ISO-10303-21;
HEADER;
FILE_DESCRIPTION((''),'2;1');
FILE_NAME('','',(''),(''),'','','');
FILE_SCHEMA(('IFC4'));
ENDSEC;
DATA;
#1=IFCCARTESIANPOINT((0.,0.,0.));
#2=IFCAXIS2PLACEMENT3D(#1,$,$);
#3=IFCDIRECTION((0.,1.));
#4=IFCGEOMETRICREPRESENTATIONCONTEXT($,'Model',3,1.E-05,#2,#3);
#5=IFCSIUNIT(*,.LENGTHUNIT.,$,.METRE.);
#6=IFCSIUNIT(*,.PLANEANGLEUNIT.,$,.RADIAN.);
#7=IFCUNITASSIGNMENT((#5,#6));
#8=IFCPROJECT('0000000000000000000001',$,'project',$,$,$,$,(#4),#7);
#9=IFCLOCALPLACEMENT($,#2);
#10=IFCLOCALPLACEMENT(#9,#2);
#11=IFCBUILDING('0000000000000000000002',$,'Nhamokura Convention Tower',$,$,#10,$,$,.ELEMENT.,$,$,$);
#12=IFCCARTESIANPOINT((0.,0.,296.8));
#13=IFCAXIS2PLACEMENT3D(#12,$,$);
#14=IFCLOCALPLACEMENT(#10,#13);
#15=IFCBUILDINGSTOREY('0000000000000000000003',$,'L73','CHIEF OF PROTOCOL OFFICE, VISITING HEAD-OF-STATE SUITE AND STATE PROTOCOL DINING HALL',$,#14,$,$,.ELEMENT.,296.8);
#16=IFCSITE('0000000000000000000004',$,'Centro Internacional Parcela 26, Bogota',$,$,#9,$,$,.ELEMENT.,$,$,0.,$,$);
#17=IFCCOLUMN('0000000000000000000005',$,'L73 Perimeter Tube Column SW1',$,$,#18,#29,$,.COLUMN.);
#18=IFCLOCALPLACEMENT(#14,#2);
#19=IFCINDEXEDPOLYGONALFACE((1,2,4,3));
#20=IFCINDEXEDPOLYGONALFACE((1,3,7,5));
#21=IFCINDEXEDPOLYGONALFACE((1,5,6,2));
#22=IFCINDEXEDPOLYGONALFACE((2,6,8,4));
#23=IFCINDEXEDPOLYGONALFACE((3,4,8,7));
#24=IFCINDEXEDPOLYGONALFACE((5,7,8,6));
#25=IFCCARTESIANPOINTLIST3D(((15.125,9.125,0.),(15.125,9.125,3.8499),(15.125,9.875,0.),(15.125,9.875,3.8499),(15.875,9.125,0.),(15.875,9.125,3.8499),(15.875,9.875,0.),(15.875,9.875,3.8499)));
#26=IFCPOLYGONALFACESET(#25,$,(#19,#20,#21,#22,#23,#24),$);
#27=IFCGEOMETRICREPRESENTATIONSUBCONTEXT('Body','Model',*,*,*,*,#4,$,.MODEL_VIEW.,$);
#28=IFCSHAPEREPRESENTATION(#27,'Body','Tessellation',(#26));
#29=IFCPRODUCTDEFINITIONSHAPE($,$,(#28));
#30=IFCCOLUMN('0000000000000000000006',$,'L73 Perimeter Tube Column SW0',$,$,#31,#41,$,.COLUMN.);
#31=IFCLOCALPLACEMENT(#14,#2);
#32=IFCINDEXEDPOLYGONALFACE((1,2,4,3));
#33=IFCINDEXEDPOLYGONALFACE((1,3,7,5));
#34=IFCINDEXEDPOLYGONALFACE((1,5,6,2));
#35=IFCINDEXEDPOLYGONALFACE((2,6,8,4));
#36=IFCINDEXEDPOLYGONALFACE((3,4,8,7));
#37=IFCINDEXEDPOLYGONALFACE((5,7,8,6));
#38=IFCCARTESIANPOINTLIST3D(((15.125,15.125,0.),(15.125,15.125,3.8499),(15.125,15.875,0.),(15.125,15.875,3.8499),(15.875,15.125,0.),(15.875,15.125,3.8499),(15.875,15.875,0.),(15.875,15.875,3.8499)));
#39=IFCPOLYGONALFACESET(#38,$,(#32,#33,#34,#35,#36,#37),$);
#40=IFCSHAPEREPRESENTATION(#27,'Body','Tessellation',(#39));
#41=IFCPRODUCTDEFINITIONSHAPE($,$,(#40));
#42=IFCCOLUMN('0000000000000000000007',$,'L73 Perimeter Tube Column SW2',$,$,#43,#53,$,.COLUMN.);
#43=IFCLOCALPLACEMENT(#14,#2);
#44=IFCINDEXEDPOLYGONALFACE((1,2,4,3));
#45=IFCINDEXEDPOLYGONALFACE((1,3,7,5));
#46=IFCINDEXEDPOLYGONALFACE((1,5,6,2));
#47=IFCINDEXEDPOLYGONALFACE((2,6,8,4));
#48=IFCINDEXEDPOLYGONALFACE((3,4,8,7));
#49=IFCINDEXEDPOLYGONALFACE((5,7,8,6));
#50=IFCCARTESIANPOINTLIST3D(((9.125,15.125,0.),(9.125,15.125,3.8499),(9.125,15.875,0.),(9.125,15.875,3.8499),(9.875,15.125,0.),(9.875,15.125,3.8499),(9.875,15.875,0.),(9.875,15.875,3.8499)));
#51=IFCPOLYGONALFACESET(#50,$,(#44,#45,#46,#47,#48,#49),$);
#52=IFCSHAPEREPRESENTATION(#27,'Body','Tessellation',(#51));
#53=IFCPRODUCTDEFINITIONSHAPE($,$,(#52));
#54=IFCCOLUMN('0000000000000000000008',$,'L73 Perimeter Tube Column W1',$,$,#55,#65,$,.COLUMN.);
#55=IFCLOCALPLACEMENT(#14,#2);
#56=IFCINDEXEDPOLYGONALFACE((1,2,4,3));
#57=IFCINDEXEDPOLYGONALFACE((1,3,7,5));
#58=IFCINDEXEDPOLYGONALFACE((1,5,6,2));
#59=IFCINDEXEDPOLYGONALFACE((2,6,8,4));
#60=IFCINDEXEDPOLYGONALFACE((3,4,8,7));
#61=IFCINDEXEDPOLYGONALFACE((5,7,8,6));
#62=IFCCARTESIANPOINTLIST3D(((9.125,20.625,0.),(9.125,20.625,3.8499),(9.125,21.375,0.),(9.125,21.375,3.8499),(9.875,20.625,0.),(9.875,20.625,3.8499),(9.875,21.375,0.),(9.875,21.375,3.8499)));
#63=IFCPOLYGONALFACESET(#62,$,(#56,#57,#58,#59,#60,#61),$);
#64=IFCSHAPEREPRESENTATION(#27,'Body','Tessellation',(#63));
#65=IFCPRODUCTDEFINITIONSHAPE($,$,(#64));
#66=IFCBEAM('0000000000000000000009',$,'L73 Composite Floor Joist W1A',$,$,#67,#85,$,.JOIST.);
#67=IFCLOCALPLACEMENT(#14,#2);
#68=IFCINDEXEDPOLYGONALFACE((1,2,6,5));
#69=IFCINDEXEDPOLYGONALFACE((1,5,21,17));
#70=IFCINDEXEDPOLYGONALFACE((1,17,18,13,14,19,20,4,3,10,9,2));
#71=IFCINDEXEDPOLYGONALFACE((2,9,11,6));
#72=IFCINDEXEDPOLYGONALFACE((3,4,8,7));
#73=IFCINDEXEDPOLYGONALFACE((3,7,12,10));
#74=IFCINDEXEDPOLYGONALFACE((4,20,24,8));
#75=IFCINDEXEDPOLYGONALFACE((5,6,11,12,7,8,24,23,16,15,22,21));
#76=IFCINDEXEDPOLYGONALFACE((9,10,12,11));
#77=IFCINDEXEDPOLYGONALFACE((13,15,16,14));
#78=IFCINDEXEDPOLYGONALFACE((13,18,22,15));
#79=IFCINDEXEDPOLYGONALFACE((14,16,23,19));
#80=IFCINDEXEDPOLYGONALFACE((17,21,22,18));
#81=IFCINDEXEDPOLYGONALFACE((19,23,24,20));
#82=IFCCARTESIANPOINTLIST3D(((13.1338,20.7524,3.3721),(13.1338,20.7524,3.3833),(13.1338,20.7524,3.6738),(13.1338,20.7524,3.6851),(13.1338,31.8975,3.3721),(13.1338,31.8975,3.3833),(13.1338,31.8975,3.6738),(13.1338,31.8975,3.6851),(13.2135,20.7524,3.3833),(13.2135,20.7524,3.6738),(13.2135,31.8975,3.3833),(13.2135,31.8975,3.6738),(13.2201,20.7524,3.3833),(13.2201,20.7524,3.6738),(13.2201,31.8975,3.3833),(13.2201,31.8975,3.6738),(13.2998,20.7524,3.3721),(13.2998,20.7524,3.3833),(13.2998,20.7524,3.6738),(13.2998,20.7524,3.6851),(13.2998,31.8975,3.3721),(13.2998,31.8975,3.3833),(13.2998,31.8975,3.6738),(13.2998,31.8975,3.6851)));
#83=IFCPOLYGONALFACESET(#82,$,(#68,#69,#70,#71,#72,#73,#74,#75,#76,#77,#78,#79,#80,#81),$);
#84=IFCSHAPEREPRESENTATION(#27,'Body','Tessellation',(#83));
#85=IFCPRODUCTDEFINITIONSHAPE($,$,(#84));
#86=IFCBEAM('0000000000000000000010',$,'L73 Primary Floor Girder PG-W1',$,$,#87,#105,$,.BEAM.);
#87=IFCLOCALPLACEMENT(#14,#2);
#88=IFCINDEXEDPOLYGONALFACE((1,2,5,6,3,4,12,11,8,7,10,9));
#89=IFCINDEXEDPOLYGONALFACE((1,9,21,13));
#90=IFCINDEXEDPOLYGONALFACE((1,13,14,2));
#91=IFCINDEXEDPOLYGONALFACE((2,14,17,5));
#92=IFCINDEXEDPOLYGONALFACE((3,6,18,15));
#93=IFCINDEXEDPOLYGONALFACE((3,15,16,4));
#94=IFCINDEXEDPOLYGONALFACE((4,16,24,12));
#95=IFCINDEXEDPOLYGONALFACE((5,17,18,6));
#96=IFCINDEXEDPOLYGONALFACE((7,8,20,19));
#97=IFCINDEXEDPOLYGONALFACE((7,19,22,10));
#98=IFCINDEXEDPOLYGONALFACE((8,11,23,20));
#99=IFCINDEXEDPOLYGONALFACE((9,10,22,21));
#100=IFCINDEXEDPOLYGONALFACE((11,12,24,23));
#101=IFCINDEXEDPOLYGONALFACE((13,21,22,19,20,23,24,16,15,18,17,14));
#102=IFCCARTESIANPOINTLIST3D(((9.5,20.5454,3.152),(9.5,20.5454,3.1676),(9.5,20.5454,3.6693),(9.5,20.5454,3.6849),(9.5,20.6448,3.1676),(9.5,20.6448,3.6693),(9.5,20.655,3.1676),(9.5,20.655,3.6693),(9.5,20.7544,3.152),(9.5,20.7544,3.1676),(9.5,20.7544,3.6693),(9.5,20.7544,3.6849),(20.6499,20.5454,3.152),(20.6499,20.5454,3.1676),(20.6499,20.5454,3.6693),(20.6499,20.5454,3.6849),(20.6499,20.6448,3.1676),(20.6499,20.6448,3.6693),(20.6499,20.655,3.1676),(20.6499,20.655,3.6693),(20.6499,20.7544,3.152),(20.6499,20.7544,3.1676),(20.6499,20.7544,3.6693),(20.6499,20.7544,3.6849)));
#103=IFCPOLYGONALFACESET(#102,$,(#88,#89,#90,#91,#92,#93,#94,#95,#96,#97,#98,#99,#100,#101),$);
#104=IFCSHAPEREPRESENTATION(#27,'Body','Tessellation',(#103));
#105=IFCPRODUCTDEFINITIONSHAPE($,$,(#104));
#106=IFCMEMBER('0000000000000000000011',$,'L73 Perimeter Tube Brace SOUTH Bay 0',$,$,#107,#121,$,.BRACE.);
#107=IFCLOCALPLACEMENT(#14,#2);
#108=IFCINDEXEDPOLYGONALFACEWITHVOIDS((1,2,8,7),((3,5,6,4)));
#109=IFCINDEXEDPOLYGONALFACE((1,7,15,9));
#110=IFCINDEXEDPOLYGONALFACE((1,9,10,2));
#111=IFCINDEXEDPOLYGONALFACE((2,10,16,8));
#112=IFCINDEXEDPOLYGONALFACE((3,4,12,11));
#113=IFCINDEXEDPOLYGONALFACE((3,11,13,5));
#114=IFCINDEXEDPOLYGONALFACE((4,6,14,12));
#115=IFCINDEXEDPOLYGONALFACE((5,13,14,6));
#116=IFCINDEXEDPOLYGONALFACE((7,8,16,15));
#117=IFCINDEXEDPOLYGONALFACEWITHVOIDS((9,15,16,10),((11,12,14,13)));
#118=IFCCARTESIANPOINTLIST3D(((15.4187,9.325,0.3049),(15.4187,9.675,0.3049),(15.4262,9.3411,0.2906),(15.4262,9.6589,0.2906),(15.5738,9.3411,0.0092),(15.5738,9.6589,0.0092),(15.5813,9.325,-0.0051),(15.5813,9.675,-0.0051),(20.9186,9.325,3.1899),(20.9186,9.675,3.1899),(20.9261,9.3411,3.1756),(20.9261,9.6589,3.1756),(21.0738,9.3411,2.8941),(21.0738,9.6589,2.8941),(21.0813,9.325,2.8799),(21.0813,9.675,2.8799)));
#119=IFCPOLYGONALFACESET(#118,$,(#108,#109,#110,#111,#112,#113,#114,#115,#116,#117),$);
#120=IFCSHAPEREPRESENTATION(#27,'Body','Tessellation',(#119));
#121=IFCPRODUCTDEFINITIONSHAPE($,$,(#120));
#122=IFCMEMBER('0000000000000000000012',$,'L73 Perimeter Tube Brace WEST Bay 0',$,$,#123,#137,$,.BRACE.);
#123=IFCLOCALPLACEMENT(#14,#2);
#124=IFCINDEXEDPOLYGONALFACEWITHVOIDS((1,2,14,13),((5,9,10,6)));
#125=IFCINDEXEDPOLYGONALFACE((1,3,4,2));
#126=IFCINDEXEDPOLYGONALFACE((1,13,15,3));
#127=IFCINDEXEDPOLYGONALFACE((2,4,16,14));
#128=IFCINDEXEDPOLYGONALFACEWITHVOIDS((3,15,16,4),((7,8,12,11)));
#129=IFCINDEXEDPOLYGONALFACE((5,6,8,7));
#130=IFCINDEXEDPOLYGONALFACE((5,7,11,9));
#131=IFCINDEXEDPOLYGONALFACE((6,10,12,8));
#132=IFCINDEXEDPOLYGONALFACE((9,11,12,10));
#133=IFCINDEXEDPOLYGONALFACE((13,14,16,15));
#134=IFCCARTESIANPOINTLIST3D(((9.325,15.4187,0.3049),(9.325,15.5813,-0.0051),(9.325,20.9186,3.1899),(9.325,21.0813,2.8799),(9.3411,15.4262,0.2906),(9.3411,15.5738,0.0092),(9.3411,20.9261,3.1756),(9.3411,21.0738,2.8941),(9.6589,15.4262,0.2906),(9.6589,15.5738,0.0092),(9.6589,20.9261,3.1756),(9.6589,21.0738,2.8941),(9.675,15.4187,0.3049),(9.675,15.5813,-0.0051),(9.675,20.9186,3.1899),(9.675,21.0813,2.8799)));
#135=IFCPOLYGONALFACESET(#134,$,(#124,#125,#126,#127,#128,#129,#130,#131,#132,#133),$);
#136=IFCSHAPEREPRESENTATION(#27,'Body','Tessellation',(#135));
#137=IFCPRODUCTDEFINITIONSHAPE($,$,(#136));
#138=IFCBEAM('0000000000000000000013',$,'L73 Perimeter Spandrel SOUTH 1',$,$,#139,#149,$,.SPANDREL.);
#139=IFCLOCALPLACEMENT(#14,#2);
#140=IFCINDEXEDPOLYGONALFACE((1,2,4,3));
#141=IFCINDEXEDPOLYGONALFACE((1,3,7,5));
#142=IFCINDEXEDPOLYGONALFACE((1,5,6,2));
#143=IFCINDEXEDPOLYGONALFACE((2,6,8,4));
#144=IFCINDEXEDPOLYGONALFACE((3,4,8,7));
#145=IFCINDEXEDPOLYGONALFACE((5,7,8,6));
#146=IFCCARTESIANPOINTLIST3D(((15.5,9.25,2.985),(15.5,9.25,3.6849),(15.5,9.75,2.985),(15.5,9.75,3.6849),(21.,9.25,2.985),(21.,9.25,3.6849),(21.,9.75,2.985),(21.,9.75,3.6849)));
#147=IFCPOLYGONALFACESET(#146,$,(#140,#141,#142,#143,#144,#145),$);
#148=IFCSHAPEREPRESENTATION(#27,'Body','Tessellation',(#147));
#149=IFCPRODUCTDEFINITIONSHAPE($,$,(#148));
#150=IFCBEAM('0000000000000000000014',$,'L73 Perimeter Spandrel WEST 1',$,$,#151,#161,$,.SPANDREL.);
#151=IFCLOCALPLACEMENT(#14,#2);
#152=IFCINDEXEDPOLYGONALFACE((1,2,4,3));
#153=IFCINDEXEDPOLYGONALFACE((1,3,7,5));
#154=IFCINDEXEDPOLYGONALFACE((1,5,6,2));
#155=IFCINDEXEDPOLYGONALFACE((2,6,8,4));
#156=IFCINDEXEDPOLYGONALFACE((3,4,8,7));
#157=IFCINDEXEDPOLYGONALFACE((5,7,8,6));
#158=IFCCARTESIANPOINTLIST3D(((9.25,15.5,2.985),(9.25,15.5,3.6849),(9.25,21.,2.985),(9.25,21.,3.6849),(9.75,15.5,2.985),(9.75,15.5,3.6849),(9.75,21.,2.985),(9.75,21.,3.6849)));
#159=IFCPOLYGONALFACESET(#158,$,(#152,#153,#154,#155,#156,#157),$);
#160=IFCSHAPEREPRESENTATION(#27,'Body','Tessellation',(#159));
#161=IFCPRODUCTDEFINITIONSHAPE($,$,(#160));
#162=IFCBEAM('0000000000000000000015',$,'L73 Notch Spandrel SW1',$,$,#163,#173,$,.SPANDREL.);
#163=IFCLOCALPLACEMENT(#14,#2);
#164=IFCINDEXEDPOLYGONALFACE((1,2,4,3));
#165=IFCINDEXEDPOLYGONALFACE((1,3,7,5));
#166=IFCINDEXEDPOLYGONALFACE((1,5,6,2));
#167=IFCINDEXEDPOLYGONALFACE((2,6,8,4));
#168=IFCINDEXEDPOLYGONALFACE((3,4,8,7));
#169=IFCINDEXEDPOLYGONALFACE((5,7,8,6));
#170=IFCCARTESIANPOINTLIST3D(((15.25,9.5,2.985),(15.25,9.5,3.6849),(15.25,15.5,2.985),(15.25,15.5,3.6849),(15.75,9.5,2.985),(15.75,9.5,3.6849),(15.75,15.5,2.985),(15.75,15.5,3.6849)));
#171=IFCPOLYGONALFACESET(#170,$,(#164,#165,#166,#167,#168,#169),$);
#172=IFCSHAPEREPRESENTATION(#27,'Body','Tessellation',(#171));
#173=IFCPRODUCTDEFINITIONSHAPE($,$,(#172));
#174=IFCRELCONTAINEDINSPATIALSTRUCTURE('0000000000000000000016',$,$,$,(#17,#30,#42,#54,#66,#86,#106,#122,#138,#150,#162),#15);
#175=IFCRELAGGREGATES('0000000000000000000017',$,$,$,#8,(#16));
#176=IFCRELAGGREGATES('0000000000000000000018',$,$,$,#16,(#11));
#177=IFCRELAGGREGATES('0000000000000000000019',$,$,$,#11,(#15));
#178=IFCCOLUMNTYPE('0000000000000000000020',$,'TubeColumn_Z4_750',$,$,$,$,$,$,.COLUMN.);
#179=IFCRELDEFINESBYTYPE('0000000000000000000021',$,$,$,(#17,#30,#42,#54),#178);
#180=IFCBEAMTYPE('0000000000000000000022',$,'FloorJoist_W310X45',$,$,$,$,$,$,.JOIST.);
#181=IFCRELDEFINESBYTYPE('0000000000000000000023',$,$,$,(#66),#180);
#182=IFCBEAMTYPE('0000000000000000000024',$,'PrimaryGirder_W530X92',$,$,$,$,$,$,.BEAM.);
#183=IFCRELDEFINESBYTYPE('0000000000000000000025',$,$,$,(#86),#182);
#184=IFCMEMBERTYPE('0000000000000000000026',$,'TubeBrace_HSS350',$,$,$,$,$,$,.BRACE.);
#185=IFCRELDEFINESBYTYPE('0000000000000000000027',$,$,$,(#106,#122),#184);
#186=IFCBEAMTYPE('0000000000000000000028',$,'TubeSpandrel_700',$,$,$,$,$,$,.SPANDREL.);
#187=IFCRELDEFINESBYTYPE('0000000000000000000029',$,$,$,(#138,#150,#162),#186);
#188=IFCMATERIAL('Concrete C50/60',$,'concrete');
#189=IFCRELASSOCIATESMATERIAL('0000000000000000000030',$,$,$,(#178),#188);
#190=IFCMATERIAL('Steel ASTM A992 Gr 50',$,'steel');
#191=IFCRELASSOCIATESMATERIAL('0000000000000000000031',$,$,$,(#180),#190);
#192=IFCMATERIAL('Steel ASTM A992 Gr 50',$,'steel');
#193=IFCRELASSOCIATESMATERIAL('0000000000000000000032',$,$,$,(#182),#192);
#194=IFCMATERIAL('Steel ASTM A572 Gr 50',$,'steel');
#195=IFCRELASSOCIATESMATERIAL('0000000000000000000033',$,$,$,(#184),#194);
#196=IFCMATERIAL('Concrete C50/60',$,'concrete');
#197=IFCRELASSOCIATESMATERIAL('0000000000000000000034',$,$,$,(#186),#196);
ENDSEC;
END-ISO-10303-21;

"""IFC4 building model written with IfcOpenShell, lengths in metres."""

from ifc_helpers import new_model, si_unit, direction, frame, origin, origin_2d, place, context, subcontext, project, spatial, rectangle, hollow_rectangle, i_section, extrude, material, material_profile, profile_set, type_object, element, save


model = new_model("IFC4")

# Units and contexts
model_context = context("Model", 3, precision=1e-05, world=origin(), true_north=direction((0.0, 1.0)))
body_context = subcontext(model_context, "Body", "Model", "MODEL_VIEW")
ifc_project = project(units=[si_unit("LENGTHUNIT", "METRE"), si_unit("PLANEANGLEUNIT", "RADIAN")], contexts=[model_context])

# Site, building, storey
site_placement = place(None, origin())
site = spatial("IfcSite", under=ifc_project, at=site_placement, Name="Centro Internacional Parcela 26, Bogota", CompositionType="ELEMENT", RefElevation=0.0)
building_placement = place(site_placement, origin())
building = spatial("IfcBuilding", under=site, at=building_placement, Name="Nhamokura Convention Tower", CompositionType="ELEMENT")
storey_placement = place(building_placement, frame((0.0, 0.0, 296.8)))
storey = spatial("IfcBuildingStorey", under=building, at=storey_placement, Name="L73", Description="CHIEF OF PROTOCOL OFFICE, VISITING HEAD-OF-STATE SUITE AND STATE PROTOCOL DINING HALL", CompositionType="ELEMENT", Elevation=296.8)

# Columns
ifc_material_1 = material(Name="Concrete C50/60", Category="concrete")
ifc_material_profile_1 = material_profile(ifc_material_1, rectangle(XDim=0.75, YDim=0.75, at=origin_2d()))
ifc_profile_set_1 = profile_set([ifc_material_profile_1], Name="Concrete C50/60")
column_type = type_object("IfcColumnType", Name="TubeColumn_Z4_750", PredefinedType="COLUMN", material=ifc_profile_set_1)
for number, where, z_axis, x_axis, name in (
    (1, (15.5, 9.5, 0.0), (0.0, 0.0, 1.0), (1.0, 0.0, 0.0), "L73 Perimeter Tube Column SW1"),
    (2, (15.5, 15.5, 0.0), (0.0, 0.0, 1.0), (1.0, 0.0, 0.0), "L73 Perimeter Tube Column SW0"),
    (3, (9.5, 15.5, 0.0), (0.0, 0.0, 1.0), (1.0, 0.0, 0.0), "L73 Perimeter Tube Column SW2"),
    (4, (9.5, 21.0, 0.0), (0.0, 0.0, 1.0), (1.0, 0.0, 0.0), "L73 Perimeter Tube Column W1"),
):
    element("IfcColumn", number, at=place(storey_placement, frame(where, z_axis=z_axis, x_axis=x_axis)), inside=storey, type_object=column_type, Name=name, PredefinedType="COLUMN", context=body_context, shape_type="SweptSolid", body=[
        extrude(rectangle(XDim=0.75, YDim=0.75, at=origin_2d()), origin(), (0.0, 0.0, 1.0), 3.8499),
    ])

# Beams
ifc_material_2 = material(Name="Steel ASTM A992 Gr 50", Category="steel")
ifc_material_profile_2 = material_profile(ifc_material_2, i_section(OverallWidth=0.166, OverallDepth=0.313, WebThickness=0.0066, FlangeThickness=0.0112, at=origin_2d()))
ifc_profile_set_2 = profile_set([ifc_material_profile_2], Name="Steel ASTM A992 Gr 50")
beam_type_1 = type_object("IfcBeamType", Name="FloorJoist_W310X45", PredefinedType="JOIST", material=ifc_profile_set_2)
beam_1_placement = place(storey_placement, frame((13.2168, 20.7524, 3.5286), z_axis=(0.0, 1.0, 0.0), x_axis=(-1.0, 0.0, 0.0)))
element("IfcBeam", 5, at=beam_1_placement, inside=storey, type_object=beam_type_1, Name="L73 Composite Floor Joist W1A", PredefinedType="JOIST", context=body_context, shape_type="SweptSolid", body=[
    extrude(i_section(OverallWidth=0.166, OverallDepth=0.313, WebThickness=0.0066, FlangeThickness=0.0112, at=origin_2d()), origin(), (0.0, 0.0, 1.0), 11.145),
])
ifc_material_3 = material(Name="Steel ASTM A992 Gr 50", Category="steel")
ifc_material_profile_3 = material_profile(ifc_material_3, i_section(OverallWidth=0.209, OverallDepth=0.533, WebThickness=0.0103, FlangeThickness=0.0156, at=origin_2d()))
ifc_profile_set_3 = profile_set([ifc_material_profile_3], Name="Steel ASTM A992 Gr 50")
beam_type_2 = type_object("IfcBeamType", Name="PrimaryGirder_W530X92", PredefinedType="BEAM", material=ifc_profile_set_3)
beam_2_placement = place(storey_placement, frame((9.5, 20.6499, 3.4185), z_axis=(1.0, 0.0, 0.0), x_axis=(0.0, 1.0, 0.0)))
element("IfcBeam", 6, at=beam_2_placement, inside=storey, type_object=beam_type_2, Name="L73 Primary Floor Girder PG-W1", PredefinedType="BEAM", context=body_context, shape_type="SweptSolid", body=[
    extrude(i_section(OverallWidth=0.209, OverallDepth=0.533, WebThickness=0.0103, FlangeThickness=0.0156, at=origin_2d()), origin(), (0.0, 0.0, 1.0), 11.1499),
])

# Members
ifc_material_4 = material(Name="Steel ASTM A572 Gr 50", Category="steel")
ifc_material_profile_4 = material_profile(ifc_material_4, hollow_rectangle(XDim=0.3501, YDim=0.3501, WallThickness=0.0161, at=origin_2d()))
ifc_profile_set_4 = profile_set([ifc_material_profile_4], Name="Steel ASTM A572 Gr 50")
member_type = type_object("IfcMemberType", Name="TubeBrace_HSS350", PredefinedType="BRACE", material=ifc_profile_set_4)
for number, where, z_axis, x_axis, name in (
    (7, (15.5, 9.5, 0.1499), (0.885563, 0.0, 0.46452), (0.0, 1.0, 0.0), "L73 Perimeter Tube Brace SOUTH Bay 0"),
    (8, (9.5, 15.5, 0.1499), (0.0, 0.885563, 0.46452), (-1.0, 0.0, 0.0), "L73 Perimeter Tube Brace WEST Bay 0"),
):
    element("IfcMember", number, at=place(storey_placement, frame(where, z_axis=z_axis, x_axis=x_axis)), inside=storey, type_object=member_type, Name=name, PredefinedType="BRACE", context=body_context, shape_type="SweptSolid", body=[
        extrude(hollow_rectangle(XDim=0.3501, YDim=0.3501, WallThickness=0.0161, at=origin_2d()), origin(), (0.0, 0.0, 1.0), 6.2107),
    ])

# Beams
ifc_material_5 = material(Name="Concrete C50/60", Category="concrete")
ifc_material_profile_5 = material_profile(ifc_material_5, rectangle(XDim=0.5, YDim=0.7, at=origin_2d()))
ifc_profile_set_5 = profile_set([ifc_material_profile_5], Name="Concrete C50/60")
beam_type_3 = type_object("IfcBeamType", Name="TubeSpandrel_700", PredefinedType="SPANDREL", material=ifc_profile_set_5)
for number, where, z_axis, x_axis, name in (
    (9, (15.5, 9.5, 3.335), (1.0, 0.0, 0.0), (0.0, 1.0, 0.0), "L73 Perimeter Spandrel SOUTH 1"),
    (10, (9.5, 15.5, 3.335), (0.0, 1.0, 0.0), (-1.0, 0.0, 0.0), "L73 Perimeter Spandrel WEST 1"),
):
    element("IfcBeam", number, at=place(storey_placement, frame(where, z_axis=z_axis, x_axis=x_axis)), inside=storey, type_object=beam_type_3, Name=name, PredefinedType="SPANDREL", context=body_context, shape_type="SweptSolid", body=[
        extrude(rectangle(XDim=0.5, YDim=0.7, at=origin_2d()), origin(), (0.0, 0.0, 1.0), 5.5),
    ])
beam_3_placement = place(storey_placement, frame((15.5, 9.5, 3.335), z_axis=(0.0, 1.0, 0.0), x_axis=(-1.0, 0.0, 0.0)))
element("IfcBeam", 11, at=beam_3_placement, inside=storey, type_object=beam_type_3, Name="L73 Notch Spandrel SW1", PredefinedType="SPANDREL", context=body_context, shape_type="SweptSolid", body=[
    extrude(rectangle(XDim=0.5, YDim=0.7, at=origin_2d()), origin(), (0.0, 0.0, 1.0), 6.0),
])

save(model, "model.ifc")
